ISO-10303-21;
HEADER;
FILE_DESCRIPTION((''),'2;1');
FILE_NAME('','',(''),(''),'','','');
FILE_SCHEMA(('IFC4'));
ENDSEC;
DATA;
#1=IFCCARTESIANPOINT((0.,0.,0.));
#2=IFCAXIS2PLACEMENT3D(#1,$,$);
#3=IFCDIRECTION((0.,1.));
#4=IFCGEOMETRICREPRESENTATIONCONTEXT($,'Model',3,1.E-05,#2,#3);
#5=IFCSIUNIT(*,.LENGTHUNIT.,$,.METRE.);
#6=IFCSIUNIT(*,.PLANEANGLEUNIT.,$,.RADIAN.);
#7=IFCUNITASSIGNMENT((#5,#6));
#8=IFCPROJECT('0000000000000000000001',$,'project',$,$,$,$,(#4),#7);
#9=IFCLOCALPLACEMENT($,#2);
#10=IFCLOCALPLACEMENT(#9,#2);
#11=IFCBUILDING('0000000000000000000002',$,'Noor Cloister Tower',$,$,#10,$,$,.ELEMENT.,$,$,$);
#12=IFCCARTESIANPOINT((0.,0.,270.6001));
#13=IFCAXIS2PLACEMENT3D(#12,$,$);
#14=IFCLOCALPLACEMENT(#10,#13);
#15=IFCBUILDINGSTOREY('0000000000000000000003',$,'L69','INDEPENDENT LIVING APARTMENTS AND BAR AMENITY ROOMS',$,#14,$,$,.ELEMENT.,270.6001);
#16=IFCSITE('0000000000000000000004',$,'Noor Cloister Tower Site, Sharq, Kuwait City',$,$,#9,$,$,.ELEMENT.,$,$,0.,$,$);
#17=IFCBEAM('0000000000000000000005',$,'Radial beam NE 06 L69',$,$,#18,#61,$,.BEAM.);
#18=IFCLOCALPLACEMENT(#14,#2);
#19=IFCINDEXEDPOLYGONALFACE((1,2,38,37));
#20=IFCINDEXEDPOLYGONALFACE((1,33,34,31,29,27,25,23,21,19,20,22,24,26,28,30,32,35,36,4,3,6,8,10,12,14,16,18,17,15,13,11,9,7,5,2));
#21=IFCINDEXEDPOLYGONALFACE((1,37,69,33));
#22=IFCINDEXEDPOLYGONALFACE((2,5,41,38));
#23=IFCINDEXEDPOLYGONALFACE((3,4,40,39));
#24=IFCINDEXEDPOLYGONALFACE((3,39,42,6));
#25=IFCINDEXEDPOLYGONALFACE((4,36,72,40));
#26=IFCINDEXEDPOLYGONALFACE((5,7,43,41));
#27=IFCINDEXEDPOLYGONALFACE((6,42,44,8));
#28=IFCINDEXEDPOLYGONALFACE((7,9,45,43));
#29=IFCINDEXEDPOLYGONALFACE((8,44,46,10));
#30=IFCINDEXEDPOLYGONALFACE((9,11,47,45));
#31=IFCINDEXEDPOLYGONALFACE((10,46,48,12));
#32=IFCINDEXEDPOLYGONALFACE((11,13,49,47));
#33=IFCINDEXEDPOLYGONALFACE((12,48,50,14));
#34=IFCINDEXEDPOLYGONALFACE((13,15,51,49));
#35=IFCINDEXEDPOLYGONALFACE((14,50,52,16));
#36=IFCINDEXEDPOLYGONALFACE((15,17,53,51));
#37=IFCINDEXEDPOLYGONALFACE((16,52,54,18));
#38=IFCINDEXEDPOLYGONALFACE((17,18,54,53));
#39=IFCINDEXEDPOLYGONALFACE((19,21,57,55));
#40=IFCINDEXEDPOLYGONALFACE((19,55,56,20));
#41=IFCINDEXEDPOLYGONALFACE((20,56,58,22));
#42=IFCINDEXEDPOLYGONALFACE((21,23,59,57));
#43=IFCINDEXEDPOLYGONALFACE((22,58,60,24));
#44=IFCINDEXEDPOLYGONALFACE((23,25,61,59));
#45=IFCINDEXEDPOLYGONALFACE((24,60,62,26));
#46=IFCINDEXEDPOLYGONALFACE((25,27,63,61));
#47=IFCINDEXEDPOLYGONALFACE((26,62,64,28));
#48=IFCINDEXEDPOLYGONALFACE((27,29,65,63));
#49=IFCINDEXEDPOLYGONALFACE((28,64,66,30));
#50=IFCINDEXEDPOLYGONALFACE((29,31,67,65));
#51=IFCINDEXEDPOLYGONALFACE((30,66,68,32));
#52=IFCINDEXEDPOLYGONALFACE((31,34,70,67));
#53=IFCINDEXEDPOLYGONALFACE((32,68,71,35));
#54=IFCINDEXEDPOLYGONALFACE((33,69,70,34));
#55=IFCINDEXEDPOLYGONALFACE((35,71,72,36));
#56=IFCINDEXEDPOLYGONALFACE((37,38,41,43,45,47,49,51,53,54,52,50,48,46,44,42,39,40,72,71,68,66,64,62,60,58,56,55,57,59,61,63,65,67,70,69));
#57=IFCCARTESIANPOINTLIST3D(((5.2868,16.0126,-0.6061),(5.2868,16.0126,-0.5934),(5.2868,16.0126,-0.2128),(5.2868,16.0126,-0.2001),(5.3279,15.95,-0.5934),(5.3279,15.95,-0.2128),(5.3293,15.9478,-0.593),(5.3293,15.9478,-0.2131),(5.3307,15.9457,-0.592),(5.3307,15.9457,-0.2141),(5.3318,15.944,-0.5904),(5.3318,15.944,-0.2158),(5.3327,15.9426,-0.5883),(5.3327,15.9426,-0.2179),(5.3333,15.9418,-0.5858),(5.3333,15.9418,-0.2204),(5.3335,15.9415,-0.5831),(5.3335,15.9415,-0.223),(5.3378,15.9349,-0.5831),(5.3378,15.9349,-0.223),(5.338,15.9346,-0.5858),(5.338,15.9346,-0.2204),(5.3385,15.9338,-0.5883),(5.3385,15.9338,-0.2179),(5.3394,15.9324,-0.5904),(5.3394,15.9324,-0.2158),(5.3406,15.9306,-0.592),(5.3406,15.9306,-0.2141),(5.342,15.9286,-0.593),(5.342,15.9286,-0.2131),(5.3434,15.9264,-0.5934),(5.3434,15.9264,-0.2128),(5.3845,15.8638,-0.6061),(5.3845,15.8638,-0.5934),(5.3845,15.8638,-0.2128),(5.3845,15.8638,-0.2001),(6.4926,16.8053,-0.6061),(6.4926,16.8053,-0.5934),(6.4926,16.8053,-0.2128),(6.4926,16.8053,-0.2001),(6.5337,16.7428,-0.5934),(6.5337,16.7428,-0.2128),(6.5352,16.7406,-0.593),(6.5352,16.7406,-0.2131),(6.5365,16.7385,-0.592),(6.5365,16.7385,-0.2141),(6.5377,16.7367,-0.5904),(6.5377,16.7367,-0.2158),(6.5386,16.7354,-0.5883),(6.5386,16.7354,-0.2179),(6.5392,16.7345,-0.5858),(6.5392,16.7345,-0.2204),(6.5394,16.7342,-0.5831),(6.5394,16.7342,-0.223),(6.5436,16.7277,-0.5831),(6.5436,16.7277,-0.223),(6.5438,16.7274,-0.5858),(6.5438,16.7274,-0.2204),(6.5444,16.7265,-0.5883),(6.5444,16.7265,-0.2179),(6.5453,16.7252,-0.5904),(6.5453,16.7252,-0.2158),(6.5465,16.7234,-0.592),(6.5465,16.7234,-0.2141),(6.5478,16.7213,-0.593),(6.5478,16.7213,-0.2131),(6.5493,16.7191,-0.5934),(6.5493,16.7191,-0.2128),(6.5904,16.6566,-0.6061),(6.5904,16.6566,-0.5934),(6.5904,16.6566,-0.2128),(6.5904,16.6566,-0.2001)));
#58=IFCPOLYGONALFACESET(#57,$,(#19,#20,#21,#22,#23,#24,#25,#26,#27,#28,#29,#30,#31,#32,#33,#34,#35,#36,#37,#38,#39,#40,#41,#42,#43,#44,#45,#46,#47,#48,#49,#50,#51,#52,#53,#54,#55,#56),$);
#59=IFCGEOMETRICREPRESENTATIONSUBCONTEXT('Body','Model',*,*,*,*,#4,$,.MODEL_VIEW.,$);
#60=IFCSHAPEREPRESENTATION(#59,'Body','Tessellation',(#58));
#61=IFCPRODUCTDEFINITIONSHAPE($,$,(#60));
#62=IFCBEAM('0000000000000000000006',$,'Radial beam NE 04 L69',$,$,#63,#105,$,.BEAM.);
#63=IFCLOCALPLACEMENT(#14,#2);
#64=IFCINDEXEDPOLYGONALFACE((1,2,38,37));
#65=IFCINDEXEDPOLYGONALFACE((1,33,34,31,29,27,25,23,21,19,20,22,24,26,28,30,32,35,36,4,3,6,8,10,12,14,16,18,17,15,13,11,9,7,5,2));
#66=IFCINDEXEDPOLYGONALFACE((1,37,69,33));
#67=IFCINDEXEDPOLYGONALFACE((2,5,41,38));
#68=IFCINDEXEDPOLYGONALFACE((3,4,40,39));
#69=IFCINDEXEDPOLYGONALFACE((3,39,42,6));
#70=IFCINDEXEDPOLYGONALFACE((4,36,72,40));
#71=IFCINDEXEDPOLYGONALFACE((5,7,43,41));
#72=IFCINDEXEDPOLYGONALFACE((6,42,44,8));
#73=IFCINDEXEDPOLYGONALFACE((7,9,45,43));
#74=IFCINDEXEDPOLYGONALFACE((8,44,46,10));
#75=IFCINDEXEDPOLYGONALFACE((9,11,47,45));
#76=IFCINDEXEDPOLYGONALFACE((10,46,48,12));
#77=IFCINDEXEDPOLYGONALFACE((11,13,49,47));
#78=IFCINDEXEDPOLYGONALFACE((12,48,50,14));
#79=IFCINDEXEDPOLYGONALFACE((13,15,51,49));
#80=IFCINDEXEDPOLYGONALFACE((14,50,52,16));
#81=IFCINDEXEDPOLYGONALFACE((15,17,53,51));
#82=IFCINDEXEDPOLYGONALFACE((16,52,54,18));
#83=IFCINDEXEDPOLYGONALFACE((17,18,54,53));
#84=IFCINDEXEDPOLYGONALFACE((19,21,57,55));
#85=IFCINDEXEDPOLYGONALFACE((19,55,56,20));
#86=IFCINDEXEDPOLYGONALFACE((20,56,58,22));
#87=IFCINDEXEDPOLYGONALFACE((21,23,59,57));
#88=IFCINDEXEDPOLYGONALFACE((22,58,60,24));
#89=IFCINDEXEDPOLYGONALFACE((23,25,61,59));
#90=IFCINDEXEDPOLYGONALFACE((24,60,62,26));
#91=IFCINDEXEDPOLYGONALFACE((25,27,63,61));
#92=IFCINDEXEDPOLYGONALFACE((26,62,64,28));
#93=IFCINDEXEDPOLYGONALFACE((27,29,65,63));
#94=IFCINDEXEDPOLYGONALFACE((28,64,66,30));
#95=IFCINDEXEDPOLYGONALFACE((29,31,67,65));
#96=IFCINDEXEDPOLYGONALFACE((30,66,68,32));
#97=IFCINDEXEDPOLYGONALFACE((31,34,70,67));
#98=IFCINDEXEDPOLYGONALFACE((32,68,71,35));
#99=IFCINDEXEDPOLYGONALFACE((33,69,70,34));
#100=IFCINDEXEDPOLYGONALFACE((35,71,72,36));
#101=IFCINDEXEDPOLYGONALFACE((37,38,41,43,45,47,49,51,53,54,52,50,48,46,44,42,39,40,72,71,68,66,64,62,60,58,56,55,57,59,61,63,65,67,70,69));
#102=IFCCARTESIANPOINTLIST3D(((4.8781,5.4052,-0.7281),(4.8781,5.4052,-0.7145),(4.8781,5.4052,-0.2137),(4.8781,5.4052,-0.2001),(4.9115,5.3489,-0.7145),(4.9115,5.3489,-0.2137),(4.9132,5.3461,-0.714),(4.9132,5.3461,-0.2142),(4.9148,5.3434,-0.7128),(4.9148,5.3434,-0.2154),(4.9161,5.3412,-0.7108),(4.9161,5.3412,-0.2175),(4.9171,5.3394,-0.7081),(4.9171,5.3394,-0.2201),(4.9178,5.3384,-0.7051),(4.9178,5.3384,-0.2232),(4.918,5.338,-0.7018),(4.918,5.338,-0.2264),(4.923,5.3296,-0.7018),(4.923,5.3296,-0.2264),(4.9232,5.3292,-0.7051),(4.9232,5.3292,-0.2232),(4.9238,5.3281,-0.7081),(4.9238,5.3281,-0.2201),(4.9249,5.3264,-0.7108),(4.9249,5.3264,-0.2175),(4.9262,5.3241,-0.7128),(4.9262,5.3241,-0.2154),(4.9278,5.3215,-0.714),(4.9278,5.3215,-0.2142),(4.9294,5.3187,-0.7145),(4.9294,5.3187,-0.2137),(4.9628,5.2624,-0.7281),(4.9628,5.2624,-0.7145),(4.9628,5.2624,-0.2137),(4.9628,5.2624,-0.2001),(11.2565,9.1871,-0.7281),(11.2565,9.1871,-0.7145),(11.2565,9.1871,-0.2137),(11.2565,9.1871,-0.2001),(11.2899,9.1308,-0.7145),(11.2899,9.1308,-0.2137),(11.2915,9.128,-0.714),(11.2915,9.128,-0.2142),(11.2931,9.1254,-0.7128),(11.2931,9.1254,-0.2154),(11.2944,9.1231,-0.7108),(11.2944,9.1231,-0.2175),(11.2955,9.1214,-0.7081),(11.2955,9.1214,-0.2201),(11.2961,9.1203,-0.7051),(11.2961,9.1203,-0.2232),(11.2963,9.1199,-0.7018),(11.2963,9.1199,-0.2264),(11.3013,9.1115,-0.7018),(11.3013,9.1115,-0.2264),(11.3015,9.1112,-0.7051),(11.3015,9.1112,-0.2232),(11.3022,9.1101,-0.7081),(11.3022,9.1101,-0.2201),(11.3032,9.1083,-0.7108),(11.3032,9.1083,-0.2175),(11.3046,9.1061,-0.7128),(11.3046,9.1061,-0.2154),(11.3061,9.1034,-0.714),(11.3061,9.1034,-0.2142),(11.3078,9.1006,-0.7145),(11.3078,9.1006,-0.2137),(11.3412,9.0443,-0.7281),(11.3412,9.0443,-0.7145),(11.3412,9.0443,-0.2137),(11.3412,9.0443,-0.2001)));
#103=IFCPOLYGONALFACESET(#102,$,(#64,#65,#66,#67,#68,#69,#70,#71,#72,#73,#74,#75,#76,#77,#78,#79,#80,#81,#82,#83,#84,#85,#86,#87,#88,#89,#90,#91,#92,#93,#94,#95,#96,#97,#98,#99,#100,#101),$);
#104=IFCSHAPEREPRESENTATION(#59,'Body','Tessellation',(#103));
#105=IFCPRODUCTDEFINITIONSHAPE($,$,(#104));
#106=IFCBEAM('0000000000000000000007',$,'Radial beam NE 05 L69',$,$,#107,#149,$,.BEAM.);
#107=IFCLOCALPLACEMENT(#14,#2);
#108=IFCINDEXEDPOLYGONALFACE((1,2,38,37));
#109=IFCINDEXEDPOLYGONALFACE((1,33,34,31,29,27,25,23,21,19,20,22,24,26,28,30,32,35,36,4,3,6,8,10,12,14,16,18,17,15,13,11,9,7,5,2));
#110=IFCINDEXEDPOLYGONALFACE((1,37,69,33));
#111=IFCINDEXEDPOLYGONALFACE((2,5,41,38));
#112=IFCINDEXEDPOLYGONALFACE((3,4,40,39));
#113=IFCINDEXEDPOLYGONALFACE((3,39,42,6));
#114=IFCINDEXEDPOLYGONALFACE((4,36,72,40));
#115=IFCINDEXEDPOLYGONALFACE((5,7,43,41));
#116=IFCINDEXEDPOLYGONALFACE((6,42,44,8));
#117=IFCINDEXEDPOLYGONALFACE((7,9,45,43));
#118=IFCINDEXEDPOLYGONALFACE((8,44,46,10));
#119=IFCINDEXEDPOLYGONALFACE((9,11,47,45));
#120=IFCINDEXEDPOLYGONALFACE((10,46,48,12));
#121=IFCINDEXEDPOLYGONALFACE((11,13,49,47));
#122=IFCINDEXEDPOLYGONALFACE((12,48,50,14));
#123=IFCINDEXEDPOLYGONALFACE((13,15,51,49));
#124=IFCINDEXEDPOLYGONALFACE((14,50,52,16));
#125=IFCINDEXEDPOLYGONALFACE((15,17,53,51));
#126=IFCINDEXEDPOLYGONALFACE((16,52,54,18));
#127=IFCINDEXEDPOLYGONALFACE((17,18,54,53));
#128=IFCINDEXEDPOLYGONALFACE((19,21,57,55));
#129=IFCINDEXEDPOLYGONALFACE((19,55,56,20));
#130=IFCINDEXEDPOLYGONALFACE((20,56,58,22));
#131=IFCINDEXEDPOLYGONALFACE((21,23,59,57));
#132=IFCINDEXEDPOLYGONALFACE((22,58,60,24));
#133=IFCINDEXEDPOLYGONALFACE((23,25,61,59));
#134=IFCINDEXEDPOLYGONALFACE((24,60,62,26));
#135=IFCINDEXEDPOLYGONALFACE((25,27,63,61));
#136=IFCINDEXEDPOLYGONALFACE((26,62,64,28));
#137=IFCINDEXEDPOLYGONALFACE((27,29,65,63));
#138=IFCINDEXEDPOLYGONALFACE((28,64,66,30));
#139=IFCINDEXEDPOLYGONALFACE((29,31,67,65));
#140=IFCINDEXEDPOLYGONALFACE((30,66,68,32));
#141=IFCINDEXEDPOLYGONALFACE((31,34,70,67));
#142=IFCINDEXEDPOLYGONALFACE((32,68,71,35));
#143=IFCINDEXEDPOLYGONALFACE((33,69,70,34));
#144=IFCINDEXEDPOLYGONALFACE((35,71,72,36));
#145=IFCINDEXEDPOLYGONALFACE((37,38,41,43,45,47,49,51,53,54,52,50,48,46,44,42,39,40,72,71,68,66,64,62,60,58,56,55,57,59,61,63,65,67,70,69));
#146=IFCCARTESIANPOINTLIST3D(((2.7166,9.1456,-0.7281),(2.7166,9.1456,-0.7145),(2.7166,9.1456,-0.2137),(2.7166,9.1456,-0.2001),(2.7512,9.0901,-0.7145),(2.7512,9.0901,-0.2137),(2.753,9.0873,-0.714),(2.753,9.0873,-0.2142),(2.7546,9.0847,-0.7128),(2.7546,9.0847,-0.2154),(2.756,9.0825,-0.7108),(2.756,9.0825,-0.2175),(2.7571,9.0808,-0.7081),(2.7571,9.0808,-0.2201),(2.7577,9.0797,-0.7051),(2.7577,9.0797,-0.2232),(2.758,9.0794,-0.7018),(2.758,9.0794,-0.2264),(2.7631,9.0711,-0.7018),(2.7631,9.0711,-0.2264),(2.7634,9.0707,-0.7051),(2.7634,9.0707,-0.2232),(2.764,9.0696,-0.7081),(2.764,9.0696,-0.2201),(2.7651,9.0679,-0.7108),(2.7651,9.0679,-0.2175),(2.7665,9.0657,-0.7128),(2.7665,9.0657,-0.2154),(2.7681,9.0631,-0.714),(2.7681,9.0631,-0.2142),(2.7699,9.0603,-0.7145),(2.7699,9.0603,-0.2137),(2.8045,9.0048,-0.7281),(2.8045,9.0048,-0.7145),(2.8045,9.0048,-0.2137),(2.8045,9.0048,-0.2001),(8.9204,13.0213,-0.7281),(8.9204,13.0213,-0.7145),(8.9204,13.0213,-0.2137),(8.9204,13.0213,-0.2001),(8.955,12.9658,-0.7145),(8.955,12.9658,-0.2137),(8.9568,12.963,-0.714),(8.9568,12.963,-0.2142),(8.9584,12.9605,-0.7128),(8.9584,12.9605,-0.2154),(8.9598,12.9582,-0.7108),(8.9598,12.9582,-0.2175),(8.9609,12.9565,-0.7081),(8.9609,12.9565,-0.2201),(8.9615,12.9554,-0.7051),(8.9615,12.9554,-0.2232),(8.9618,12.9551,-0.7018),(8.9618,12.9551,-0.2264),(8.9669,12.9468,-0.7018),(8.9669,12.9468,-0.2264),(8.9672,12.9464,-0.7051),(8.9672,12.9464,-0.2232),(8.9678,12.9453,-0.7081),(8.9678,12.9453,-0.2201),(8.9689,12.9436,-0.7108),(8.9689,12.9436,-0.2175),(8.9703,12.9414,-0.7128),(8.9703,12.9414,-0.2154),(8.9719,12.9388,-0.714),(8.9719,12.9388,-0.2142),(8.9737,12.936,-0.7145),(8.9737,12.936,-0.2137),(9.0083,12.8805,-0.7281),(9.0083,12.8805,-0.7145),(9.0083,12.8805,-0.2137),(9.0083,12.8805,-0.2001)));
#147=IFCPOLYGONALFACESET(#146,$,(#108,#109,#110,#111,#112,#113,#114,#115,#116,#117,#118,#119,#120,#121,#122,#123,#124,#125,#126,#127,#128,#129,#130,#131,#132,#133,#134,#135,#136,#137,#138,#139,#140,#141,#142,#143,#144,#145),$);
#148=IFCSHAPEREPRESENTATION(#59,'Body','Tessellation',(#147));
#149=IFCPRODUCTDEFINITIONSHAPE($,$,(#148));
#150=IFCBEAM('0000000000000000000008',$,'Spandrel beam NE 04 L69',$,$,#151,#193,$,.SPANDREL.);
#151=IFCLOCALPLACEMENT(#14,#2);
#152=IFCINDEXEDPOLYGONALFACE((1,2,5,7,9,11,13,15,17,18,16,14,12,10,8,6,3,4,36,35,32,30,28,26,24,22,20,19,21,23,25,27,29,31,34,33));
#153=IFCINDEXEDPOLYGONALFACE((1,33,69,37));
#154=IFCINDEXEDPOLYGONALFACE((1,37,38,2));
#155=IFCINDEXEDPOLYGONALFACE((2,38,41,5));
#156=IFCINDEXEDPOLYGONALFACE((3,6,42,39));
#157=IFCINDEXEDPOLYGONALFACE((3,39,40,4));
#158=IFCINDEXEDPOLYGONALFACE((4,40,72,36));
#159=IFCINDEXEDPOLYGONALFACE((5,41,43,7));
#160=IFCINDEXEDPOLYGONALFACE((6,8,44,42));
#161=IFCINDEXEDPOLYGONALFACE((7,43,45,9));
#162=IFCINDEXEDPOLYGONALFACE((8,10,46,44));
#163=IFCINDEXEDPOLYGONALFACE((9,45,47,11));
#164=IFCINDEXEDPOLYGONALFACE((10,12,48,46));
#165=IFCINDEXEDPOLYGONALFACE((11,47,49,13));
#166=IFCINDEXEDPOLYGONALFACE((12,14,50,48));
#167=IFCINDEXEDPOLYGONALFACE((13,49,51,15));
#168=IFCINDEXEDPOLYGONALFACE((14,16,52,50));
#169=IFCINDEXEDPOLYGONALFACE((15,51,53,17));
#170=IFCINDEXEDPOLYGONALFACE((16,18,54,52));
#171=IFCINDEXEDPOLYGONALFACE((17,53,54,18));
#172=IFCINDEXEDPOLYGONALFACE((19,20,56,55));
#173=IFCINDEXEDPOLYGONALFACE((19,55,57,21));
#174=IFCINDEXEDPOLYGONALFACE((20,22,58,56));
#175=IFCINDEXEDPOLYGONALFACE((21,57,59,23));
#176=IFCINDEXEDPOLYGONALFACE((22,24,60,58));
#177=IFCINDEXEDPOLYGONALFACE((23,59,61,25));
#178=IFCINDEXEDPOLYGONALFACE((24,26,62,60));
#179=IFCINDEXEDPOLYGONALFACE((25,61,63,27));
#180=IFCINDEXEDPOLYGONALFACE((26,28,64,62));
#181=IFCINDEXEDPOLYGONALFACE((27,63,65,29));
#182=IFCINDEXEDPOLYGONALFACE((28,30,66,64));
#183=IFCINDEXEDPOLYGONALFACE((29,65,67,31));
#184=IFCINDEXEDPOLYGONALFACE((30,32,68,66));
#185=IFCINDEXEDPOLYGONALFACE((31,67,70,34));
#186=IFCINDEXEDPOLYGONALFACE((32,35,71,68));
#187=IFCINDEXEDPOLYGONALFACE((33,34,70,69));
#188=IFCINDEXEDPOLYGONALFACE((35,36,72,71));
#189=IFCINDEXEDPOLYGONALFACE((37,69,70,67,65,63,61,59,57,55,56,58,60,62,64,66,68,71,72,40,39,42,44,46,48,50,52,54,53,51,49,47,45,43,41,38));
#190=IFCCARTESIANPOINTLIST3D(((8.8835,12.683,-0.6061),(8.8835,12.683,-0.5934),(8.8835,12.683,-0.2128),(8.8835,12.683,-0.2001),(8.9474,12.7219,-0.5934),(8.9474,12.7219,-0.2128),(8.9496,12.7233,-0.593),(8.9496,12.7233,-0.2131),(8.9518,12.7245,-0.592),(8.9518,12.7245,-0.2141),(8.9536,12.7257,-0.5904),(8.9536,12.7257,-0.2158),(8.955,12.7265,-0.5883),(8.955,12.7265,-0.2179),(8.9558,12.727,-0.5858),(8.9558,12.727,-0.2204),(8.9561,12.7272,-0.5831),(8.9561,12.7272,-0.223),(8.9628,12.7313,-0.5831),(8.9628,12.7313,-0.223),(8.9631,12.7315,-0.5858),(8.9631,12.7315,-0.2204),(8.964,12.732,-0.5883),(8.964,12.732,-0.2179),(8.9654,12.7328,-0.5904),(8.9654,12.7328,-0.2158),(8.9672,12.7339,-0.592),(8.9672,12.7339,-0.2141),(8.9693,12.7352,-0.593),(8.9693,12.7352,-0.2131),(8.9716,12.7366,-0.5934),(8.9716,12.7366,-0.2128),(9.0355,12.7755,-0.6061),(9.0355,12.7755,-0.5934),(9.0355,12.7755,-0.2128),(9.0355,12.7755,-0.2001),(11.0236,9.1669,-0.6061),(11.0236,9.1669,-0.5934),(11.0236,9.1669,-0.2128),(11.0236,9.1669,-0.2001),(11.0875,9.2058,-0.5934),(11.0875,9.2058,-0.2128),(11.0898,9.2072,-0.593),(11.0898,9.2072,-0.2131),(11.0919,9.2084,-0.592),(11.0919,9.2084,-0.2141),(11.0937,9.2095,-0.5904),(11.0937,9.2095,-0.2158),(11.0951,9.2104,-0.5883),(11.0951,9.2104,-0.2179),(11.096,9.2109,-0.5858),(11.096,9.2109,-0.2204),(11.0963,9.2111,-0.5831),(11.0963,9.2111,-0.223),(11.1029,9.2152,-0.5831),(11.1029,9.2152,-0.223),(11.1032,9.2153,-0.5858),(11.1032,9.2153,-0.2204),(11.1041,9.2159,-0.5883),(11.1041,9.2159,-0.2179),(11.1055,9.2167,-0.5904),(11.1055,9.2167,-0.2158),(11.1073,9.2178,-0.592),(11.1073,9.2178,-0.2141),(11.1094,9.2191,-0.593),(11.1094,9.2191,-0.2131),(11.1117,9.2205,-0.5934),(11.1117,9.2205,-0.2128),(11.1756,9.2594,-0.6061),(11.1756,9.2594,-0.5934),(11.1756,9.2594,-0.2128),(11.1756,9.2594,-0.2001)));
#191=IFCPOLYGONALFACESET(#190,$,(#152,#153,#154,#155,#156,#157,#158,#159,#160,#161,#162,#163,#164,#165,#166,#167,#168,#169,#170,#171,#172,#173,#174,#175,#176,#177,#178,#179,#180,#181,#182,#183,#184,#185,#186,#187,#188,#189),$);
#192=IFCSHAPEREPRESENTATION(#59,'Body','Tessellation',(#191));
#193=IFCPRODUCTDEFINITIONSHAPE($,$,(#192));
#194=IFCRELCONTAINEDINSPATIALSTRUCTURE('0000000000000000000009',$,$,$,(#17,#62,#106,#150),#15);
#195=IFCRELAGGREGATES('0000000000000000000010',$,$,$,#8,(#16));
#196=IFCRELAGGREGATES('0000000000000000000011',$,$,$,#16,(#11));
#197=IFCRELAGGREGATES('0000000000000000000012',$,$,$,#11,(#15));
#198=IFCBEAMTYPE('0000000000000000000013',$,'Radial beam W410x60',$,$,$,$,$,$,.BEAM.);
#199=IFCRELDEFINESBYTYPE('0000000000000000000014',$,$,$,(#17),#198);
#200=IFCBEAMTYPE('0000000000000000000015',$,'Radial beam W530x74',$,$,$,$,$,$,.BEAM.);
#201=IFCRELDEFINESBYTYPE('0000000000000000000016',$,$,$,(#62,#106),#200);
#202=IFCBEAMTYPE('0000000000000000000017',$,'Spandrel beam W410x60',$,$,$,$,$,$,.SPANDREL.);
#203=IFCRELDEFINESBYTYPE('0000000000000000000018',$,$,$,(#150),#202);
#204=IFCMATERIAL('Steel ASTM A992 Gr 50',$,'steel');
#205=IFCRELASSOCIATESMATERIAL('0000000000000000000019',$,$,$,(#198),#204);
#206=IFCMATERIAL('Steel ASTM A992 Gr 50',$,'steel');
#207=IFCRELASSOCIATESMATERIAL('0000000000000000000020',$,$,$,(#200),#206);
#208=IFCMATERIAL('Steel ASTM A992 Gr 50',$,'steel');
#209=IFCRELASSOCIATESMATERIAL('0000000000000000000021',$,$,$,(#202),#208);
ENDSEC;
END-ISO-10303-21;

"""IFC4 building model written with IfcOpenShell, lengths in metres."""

from ifc_helpers import new_model, si_unit, direction, frame, origin, origin_2d, place, context, subcontext, project, spatial, i_section, extrude, material, material_profile, profile_set, type_object, element, save


model = new_model("IFC4")

# Units and contexts
model_context = context("Model", 3, precision=1e-05, world=origin(), true_north=direction((0.0, 1.0)))
body_context = subcontext(model_context, "Body", "Model", "MODEL_VIEW")
ifc_project = project(units=[si_unit("LENGTHUNIT", "METRE"), si_unit("PLANEANGLEUNIT", "RADIAN")], contexts=[model_context])

# Site, building, storey
site_placement = place(None, origin())
site = spatial("IfcSite", under=ifc_project, at=site_placement, Name="Noor Cloister Tower Site, Sharq, Kuwait City", CompositionType="ELEMENT", RefElevation=0.0)
building_placement = place(site_placement, origin())
building = spatial("IfcBuilding", under=site, at=building_placement, Name="Noor Cloister Tower", CompositionType="ELEMENT")
storey_placement = place(building_placement, frame((0.0, 0.0, 270.6001)))
storey = spatial("IfcBuildingStorey", under=building, at=storey_placement, Name="L69", Description="INDEPENDENT LIVING APARTMENTS AND BAR AMENITY ROOMS", CompositionType="ELEMENT", Elevation=270.6001)

# Beams
ifc_material_1 = material(Name="Steel ASTM A992 Gr 50", Category="steel")
ifc_material_profile_1 = material_profile(ifc_material_1, i_section(OverallWidth=0.178, OverallDepth=0.406, WebThickness=0.0078, FlangeThickness=0.0127, FilletRadius=0.0103, at=origin_2d()), Name="W410x60")
ifc_profile_set_1 = profile_set([ifc_material_profile_1], Name="Steel ASTM A992 Gr 50")
beam_type_1 = type_object("IfcBeamType", Name="Radial beam W410x60", PredefinedType="BEAM", material=ifc_profile_set_1)
beam_1_placement = place(storey_placement, frame((6.5415, 16.731, -0.4031), z_axis=(-0.835599, -0.54934, 0.0), x_axis=(0.54934, -0.835599, 0.0)))
element("IfcBeam", 1, at=beam_1_placement, inside=storey, type_object=beam_type_1, Name="Radial beam NE 06 L69", PredefinedType="BEAM", context=body_context, shape_type="SweptSolid", body=[
    extrude(i_section(OverallWidth=0.178, OverallDepth=0.406, WebThickness=0.0078, FlangeThickness=0.0127, FilletRadius=0.0103, at=origin_2d()), origin(), (0.0, 0.0, 1.0), 1.4431),
])
ifc_material_2 = material(Name="Steel ASTM A992 Gr 50", Category="steel")
ifc_material_profile_2 = material_profile(ifc_material_2, i_section(OverallWidth=0.166, OverallDepth=0.5281, WebThickness=0.0098, FlangeThickness=0.0137, FilletRadius=0.0127, at=origin_2d()), Name="W530x74")
ifc_profile_set_2 = profile_set([ifc_material_profile_2], Name="Steel ASTM A992 Gr 50")
beam_type_2 = type_object("IfcBeamType", Name="Radial beam W530x74", PredefinedType="BEAM", material=ifc_profile_set_2)
beam_2_placement = place(storey_placement, frame((11.2988, 9.1157, -0.4641), z_axis=(-0.860163, -0.51002, 0.0), x_axis=(0.51002, -0.860163, 0.0)))
element("IfcBeam", 2, at=beam_2_placement, inside=storey, type_object=beam_type_2, Name="Radial beam NE 04 L69", PredefinedType="BEAM", context=body_context, shape_type="SweptSolid", body=[
    extrude(i_section(OverallWidth=0.166, OverallDepth=0.5281, WebThickness=0.0098, FlangeThickness=0.0137, FilletRadius=0.0127, at=origin_2d()), origin(), (0.0, 0.0, 1.0), 7.4153),
])
beam_3_placement = place(storey_placement, frame((8.9644, 12.9509, -0.4641), z_axis=(-0.848101, -0.529834, 0.0), x_axis=(0.529834, -0.848101, 0.0)))
element("IfcBeam", 3, at=beam_3_placement, inside=storey, type_object=beam_type_2, Name="Radial beam NE 05 L69", PredefinedType="BEAM", context=body_context, shape_type="SweptSolid", body=[
    extrude(i_section(OverallWidth=0.166, OverallDepth=0.5281, WebThickness=0.0098, FlangeThickness=0.0137, FilletRadius=0.0127, at=origin_2d()), origin(), (0.0, 0.0, 1.0), 7.3149),
])
ifc_material_3 = material(Name="Steel ASTM A992 Gr 50", Category="steel")
ifc_material_profile_3 = material_profile(ifc_material_3, i_section(OverallWidth=0.178, OverallDepth=0.406, WebThickness=0.0078, FlangeThickness=0.0127, FilletRadius=0.0103, at=origin_2d()), Name="W410x60")
ifc_profile_set_3 = profile_set([ifc_material_profile_3], Name="Steel ASTM A992 Gr 50")
beam_type_3 = type_object("IfcBeamType", Name="Spandrel beam W410x60", PredefinedType="SPANDREL", material=ifc_profile_set_3)
for number, where, z_axis, x_axis, name in (
    (4, (11.0996, 9.2131, -0.4031), (-0.519928, 0.85421, 0.0), (-0.85421, -0.519928, 0.0), "Spandrel beam NE 04 L69"),
):
    element("IfcBeam", number, at=place(storey_placement, frame(where, z_axis=z_axis, x_axis=x_axis)), inside=storey, type_object=beam_type_3, Name=name, PredefinedType="SPANDREL", context=body_context, shape_type="SweptSolid", body=[
        extrude(i_section(OverallWidth=0.178, OverallDepth=0.406, WebThickness=0.0078, FlangeThickness=0.0127, FilletRadius=0.0103, at=origin_2d()), origin(), (0.0, 0.0, 1.0), 4.1162),
    ])

save(model, "model.ifc")
